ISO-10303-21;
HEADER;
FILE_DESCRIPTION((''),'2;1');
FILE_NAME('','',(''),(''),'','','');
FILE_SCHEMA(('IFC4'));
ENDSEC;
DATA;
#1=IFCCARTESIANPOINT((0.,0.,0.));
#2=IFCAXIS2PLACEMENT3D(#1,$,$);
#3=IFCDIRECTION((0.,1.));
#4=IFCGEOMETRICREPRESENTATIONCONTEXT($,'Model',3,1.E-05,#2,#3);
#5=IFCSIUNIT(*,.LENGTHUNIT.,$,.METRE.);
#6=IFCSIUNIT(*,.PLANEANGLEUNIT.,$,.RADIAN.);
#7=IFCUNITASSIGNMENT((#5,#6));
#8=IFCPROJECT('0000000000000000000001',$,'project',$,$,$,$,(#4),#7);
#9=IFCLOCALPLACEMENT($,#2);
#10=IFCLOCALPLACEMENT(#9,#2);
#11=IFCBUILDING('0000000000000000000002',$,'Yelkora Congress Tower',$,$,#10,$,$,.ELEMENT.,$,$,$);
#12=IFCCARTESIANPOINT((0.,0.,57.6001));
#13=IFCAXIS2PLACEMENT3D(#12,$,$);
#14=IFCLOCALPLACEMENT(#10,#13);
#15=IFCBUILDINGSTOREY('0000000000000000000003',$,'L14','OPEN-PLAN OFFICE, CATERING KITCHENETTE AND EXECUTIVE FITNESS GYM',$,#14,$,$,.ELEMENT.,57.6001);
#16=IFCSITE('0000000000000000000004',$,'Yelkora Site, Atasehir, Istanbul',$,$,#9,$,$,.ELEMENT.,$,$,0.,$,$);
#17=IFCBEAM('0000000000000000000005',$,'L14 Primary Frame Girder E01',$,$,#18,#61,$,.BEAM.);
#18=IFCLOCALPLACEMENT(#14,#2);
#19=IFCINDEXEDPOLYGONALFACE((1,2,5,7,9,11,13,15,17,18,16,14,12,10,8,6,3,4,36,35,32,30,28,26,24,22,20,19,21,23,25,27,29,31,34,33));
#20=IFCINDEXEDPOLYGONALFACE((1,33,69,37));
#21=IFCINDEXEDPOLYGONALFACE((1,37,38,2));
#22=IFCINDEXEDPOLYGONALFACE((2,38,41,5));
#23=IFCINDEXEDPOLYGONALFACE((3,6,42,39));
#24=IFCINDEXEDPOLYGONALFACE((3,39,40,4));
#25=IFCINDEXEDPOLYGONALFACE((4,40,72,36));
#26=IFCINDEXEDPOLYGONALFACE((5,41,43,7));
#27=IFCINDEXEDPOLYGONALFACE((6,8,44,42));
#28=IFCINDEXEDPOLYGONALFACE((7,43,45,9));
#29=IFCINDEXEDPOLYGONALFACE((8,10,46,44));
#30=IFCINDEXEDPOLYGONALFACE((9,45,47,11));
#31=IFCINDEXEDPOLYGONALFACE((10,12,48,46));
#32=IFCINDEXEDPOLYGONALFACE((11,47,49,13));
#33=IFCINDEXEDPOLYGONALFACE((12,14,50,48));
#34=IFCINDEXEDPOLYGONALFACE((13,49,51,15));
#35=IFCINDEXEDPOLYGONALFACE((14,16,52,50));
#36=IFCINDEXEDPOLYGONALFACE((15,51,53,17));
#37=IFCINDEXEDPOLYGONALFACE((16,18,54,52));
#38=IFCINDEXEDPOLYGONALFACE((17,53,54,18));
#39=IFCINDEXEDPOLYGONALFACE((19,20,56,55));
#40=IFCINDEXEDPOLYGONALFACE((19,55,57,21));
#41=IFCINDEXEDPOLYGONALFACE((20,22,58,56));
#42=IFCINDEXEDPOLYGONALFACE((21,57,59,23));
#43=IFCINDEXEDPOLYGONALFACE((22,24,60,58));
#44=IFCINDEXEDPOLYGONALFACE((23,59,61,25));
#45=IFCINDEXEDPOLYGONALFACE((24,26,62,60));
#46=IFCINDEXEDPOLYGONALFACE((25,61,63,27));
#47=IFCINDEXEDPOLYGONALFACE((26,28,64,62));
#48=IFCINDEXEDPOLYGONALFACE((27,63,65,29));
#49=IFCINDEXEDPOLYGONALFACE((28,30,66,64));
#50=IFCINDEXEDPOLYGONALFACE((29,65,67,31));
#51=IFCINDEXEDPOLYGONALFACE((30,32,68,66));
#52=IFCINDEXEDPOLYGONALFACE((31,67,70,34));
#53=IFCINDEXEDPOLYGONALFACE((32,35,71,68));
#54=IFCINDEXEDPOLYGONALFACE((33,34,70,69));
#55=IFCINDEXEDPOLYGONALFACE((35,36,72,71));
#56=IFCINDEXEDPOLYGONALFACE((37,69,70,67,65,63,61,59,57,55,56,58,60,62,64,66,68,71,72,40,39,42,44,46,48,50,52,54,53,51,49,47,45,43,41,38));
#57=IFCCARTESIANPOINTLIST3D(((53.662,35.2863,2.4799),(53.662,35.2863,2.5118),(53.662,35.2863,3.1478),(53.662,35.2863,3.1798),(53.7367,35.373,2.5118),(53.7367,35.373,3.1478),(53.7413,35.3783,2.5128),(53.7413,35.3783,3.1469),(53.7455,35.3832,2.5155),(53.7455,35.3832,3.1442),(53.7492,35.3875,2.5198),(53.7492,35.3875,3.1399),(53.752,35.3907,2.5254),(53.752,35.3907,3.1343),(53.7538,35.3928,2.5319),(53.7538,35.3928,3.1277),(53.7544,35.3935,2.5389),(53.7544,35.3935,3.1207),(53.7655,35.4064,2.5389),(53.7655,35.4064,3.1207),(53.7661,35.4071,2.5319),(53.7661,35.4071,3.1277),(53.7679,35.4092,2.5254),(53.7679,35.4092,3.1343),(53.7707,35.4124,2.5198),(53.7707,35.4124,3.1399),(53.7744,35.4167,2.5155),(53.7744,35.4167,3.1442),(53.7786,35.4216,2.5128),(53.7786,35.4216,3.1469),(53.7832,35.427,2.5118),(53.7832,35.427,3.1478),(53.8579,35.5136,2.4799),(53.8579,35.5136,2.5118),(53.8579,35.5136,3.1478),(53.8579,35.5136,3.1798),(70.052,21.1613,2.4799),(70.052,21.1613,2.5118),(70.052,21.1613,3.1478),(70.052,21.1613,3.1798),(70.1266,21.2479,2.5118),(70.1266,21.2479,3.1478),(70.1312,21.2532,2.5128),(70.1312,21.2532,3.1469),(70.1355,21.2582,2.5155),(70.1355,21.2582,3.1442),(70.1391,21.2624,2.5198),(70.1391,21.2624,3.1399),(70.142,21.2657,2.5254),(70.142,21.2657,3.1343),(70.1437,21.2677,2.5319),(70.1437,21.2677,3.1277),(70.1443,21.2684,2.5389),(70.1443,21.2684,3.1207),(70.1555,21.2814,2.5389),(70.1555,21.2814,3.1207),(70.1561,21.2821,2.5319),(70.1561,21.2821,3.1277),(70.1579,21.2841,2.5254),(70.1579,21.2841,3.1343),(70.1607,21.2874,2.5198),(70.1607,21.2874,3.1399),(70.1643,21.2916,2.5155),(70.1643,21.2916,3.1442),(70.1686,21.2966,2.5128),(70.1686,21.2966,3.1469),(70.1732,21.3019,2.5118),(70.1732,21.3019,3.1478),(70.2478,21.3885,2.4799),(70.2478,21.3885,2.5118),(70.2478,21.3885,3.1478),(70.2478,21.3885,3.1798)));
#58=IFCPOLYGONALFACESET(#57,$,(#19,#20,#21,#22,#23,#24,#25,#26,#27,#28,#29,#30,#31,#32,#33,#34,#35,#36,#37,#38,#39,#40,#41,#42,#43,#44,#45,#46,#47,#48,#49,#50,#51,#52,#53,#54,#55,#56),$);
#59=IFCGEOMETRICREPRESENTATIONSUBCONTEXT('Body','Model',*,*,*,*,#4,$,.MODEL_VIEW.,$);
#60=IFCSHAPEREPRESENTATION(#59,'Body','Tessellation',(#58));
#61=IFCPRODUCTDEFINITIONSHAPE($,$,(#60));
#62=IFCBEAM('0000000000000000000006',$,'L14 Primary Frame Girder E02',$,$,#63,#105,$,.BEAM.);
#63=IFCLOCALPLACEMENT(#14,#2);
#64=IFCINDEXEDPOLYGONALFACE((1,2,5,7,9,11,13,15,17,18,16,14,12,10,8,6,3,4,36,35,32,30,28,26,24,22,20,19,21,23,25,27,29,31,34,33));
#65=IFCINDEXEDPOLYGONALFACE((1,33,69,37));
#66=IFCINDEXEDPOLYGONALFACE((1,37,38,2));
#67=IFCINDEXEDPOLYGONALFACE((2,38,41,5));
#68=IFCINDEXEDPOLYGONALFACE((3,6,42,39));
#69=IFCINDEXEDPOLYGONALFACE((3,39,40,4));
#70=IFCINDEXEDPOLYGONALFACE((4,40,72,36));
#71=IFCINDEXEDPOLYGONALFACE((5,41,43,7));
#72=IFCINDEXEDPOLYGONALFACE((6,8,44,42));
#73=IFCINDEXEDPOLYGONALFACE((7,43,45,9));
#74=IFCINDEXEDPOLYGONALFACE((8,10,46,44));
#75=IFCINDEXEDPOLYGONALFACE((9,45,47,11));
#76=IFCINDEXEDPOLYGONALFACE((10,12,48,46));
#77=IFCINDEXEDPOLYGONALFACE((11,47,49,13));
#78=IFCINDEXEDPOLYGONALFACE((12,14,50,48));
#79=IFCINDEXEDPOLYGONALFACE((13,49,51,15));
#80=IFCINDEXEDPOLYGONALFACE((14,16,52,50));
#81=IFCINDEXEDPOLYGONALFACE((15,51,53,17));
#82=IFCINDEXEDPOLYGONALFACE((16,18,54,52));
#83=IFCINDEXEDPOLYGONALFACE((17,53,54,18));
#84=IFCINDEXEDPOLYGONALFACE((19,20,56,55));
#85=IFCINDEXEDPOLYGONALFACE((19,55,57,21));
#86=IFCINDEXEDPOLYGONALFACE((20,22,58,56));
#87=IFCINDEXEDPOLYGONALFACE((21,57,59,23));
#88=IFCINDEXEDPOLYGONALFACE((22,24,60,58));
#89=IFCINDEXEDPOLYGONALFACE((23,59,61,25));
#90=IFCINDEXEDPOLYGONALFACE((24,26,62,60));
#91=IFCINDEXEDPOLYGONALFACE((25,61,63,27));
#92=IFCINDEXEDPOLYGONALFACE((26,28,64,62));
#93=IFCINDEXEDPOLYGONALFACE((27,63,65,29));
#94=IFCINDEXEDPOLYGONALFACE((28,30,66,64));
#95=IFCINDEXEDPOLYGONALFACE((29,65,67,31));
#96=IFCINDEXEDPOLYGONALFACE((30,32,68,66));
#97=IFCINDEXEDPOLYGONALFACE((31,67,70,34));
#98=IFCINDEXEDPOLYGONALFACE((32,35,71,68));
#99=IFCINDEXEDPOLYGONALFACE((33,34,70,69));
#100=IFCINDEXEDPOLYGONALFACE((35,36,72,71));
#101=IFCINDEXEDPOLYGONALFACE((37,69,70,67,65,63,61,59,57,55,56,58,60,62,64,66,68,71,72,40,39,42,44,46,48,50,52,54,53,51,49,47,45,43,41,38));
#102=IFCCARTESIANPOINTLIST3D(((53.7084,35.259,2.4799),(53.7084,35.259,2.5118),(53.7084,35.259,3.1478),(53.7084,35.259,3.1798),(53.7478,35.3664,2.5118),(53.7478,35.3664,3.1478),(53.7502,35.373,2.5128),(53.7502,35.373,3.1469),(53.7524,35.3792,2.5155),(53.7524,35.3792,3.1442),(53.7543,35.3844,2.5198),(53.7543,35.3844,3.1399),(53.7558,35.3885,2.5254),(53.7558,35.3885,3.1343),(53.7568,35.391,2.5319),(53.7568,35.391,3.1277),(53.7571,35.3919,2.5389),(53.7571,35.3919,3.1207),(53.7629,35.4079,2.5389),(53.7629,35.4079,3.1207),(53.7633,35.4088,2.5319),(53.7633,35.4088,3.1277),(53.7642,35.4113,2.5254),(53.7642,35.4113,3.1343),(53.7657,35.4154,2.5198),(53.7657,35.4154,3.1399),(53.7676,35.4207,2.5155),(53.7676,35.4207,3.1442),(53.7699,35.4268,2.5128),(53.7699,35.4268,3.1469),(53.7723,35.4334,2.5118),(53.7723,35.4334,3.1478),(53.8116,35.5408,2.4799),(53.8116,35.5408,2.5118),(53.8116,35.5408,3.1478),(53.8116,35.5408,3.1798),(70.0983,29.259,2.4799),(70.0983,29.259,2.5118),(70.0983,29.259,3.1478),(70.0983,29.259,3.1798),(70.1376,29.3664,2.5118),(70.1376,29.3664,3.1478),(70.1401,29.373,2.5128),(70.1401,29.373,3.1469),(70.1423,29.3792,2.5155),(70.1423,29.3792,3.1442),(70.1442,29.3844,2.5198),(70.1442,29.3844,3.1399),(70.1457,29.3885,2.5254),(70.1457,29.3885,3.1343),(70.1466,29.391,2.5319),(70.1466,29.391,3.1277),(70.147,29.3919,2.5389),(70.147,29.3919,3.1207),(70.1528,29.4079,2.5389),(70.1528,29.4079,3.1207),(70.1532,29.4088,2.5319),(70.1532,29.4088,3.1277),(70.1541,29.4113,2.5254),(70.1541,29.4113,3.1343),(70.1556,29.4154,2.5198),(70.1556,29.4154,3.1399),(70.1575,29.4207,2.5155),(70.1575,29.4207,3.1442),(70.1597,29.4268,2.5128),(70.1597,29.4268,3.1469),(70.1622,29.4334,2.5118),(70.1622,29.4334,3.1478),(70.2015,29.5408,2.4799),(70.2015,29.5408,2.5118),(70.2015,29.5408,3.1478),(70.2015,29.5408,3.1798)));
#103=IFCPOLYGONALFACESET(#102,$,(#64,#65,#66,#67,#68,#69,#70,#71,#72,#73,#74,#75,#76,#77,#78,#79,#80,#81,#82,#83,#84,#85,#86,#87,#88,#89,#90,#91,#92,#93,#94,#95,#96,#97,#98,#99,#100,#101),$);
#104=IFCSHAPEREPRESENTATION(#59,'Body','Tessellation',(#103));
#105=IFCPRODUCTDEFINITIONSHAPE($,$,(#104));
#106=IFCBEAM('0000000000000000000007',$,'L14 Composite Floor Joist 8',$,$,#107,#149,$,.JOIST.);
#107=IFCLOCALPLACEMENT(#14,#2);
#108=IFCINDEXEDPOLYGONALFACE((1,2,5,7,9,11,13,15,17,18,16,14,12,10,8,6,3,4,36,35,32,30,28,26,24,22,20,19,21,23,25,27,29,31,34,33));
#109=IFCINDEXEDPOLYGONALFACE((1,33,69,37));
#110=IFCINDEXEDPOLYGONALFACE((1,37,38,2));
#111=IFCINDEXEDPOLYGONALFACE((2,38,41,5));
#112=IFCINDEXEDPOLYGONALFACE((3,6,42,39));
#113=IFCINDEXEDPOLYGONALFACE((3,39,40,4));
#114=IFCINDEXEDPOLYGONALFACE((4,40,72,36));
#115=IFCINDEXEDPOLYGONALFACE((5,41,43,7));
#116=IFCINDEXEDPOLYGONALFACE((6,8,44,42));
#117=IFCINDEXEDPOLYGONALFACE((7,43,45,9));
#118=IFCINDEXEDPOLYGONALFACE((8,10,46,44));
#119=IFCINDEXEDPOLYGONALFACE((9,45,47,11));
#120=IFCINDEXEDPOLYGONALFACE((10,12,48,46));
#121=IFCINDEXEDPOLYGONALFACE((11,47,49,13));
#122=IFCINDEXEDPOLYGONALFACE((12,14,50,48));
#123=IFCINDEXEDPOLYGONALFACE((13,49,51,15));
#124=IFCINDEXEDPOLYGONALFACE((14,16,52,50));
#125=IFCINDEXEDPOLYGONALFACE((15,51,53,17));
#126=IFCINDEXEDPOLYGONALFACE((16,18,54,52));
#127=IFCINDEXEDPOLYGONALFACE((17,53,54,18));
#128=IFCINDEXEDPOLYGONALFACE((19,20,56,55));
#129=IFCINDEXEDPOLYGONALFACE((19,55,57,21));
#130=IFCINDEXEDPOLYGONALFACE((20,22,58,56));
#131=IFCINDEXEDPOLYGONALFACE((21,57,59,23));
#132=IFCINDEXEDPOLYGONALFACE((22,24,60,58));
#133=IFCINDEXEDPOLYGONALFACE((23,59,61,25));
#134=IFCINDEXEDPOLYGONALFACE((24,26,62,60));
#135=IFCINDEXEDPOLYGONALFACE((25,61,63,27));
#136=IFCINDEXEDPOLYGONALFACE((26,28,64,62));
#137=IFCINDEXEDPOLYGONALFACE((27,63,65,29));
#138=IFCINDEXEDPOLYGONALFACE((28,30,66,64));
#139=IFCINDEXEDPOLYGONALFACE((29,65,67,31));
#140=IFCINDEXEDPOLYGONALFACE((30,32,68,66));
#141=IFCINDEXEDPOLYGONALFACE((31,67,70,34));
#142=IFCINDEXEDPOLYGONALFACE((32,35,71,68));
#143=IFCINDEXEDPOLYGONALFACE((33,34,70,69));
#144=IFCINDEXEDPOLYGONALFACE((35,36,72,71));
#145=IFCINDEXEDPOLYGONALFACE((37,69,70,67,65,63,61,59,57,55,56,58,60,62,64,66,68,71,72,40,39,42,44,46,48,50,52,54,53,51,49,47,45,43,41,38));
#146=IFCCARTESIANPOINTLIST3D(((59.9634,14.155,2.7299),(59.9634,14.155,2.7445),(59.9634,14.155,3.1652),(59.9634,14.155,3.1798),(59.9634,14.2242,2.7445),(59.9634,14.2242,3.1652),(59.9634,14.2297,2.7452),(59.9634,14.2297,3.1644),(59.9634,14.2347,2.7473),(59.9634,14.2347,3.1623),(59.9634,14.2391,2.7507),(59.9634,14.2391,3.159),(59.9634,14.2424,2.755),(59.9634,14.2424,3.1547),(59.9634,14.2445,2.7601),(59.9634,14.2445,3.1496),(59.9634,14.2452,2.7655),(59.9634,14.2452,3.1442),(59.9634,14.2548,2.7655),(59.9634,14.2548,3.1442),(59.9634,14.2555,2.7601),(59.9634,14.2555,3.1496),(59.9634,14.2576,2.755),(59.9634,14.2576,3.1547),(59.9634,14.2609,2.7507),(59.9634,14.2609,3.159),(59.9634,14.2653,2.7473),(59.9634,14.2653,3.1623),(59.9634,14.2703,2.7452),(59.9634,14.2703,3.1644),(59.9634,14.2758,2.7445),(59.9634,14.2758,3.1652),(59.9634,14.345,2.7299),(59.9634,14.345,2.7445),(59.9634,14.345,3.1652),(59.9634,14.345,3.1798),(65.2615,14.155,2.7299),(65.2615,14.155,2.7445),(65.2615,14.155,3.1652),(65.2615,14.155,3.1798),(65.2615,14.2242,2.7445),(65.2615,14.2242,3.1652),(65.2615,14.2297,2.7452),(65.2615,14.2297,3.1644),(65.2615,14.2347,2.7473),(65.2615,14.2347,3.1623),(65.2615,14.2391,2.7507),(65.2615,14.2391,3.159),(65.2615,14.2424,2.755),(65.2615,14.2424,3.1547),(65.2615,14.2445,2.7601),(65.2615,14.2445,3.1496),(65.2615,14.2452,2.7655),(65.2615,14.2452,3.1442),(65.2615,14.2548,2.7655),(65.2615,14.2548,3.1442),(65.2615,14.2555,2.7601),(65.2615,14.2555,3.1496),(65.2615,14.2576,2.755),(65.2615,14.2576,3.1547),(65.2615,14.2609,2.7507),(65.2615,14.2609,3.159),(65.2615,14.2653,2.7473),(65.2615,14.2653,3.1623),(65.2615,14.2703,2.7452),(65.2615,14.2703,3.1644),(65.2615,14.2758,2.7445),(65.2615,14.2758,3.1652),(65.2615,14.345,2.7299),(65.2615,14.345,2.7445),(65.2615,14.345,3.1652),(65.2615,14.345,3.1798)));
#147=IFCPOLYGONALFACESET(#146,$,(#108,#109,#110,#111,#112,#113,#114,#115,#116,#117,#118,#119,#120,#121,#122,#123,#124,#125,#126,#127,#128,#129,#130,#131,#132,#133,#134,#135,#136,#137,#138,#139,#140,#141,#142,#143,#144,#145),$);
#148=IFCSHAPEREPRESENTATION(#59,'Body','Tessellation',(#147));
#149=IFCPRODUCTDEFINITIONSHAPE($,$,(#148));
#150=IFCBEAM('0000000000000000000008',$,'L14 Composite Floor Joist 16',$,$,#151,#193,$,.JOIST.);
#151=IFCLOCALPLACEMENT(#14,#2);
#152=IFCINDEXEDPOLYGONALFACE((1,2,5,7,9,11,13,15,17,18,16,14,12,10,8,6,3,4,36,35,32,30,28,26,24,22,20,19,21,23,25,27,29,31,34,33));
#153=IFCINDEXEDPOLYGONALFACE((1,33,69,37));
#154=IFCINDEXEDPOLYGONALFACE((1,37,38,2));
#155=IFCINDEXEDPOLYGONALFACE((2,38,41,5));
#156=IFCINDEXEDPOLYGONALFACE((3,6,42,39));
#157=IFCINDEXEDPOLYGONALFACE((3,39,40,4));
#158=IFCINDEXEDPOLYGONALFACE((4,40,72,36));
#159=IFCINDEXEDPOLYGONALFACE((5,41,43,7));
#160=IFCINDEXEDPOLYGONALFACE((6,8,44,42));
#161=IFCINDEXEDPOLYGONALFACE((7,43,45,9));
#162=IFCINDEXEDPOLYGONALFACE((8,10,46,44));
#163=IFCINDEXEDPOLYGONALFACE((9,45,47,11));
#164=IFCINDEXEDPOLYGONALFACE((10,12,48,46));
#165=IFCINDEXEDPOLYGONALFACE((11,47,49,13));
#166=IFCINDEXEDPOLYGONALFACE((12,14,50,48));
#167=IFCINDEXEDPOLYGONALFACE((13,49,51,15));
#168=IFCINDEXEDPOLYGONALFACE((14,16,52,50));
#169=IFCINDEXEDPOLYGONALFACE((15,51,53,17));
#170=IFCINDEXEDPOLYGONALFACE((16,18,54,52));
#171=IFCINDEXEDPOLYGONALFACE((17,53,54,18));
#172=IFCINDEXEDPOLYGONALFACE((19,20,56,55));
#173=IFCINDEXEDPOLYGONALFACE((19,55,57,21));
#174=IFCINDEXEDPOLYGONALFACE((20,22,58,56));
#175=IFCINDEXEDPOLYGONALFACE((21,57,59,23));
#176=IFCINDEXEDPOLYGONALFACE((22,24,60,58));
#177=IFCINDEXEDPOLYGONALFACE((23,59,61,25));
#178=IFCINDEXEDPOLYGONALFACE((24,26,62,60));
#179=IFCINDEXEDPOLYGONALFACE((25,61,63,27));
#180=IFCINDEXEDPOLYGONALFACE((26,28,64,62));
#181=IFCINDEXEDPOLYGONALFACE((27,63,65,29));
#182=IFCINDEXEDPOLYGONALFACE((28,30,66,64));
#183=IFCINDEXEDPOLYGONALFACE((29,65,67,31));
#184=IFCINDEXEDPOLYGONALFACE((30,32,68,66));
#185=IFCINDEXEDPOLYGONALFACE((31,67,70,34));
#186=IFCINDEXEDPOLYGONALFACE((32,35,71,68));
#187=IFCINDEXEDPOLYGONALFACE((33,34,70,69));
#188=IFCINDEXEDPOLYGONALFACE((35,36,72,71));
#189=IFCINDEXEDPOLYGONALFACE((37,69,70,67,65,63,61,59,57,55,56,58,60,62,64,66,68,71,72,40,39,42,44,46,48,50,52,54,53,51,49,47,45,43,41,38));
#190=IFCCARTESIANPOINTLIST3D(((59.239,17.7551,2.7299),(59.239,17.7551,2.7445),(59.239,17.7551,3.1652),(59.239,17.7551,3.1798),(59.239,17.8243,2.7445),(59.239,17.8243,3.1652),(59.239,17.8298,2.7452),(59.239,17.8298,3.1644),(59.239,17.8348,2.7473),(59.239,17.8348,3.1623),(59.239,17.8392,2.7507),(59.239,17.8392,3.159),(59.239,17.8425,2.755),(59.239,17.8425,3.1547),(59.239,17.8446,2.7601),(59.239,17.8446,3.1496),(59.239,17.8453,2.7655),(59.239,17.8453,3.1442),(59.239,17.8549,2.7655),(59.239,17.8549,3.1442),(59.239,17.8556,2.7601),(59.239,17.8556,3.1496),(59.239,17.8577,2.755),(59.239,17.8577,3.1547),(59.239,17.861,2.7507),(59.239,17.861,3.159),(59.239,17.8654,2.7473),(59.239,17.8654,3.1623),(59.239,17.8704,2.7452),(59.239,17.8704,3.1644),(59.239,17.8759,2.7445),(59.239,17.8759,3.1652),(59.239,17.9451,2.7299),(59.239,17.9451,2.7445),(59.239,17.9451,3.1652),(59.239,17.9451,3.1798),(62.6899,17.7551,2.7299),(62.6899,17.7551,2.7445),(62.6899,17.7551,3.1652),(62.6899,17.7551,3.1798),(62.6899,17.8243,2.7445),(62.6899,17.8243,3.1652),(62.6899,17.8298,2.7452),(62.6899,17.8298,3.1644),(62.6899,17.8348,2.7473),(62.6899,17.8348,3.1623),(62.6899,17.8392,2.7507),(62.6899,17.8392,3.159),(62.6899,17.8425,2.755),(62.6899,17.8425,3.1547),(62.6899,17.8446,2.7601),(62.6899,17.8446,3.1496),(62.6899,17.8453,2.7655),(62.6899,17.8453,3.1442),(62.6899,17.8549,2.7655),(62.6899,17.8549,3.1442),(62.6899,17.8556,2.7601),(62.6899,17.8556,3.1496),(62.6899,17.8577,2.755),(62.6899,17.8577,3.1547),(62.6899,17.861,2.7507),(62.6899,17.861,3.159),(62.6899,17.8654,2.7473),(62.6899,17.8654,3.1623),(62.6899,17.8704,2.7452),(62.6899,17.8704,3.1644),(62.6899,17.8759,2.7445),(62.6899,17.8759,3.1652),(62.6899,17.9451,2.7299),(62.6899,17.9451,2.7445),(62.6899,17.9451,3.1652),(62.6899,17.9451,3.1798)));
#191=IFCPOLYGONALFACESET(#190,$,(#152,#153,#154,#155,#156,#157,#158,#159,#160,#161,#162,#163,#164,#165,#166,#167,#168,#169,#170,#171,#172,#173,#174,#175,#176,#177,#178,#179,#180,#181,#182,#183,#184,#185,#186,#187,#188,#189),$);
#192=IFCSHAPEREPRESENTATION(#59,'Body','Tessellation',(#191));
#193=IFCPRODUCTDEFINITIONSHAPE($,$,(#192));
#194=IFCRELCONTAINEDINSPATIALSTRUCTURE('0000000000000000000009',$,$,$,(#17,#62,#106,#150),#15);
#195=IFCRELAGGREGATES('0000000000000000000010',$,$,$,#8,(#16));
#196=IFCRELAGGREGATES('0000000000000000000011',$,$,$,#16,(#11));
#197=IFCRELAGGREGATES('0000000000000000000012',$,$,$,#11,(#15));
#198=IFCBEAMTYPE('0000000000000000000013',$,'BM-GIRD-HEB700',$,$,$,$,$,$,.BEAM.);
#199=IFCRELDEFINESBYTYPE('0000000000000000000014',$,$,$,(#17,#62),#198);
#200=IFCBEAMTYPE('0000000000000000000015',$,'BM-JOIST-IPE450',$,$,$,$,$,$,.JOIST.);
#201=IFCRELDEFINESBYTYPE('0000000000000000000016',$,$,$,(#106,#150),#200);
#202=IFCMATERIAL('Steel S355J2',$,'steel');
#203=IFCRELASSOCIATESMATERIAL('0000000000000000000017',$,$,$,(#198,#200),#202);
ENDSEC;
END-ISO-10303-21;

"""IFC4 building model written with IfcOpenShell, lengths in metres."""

from ifc_helpers import new_model, si_unit, direction, frame, origin, origin_2d, place, context, subcontext, project, spatial, i_section, extrude, material, material_profile, profile_set, type_object, element, save


model = new_model("IFC4")

# Units and contexts
model_context = context("Model", 3, precision=1e-05, world=origin(), true_north=direction((0.0, 1.0)))
body_context = subcontext(model_context, "Body", "Model", "MODEL_VIEW")
ifc_project = project(units=[si_unit("LENGTHUNIT", "METRE"), si_unit("PLANEANGLEUNIT", "RADIAN")], contexts=[model_context])

# Site, building, storey
site_placement = place(None, origin())
site = spatial("IfcSite", under=ifc_project, at=site_placement, Name="Yelkora Site, Atasehir, Istanbul", CompositionType="ELEMENT", RefElevation=0.0)
building_placement = place(site_placement, origin())
building = spatial("IfcBuilding", under=site, at=building_placement, Name="Yelkora Congress Tower", CompositionType="ELEMENT")
storey_placement = place(building_placement, frame((0.0, 0.0, 57.6001)))
storey = spatial("IfcBuildingStorey", under=building, at=storey_placement, Name="L14", Description="OPEN-PLAN OFFICE, CATERING KITCHENETTE AND EXECUTIVE FITNESS GYM", CompositionType="ELEMENT", Elevation=57.6001)

# Beams
ifc_material_1 = material(Name="Steel S355J2", Category="steel")
ifc_material_profile_1 = material_profile(ifc_material_1, i_section(OverallWidth=0.3, OverallDepth=0.7, WebThickness=0.0171, FlangeThickness=0.032, FilletRadius=0.0271, at=origin_2d()), Name="HEB 700")
ifc_profile_set_1 = profile_set([ifc_material_profile_1], Name="Steel S355J2")
beam_type_1 = type_object("IfcBeamType", Name="BM-GIRD-HEB700", PredefinedType="BEAM", material=ifc_profile_set_1)
beam_1_placement = place(storey_placement, frame((70.1499, 21.2749, 2.8298), z_axis=(-0.757506, 0.652828, 0.0), x_axis=(-0.652828, -0.757506, 0.0)))
element("IfcBeam", 1, at=beam_1_placement, inside=storey, type_object=beam_type_1, Name="L14 Primary Frame Girder E01", PredefinedType="BEAM", context=body_context, shape_type="SweptSolid", body=[
    extrude(i_section(OverallWidth=0.3, OverallDepth=0.7, WebThickness=0.0171, FlangeThickness=0.032, FilletRadius=0.0271, at=origin_2d()), origin(), (0.0, 0.0, 1.0), 21.6367),
])
beam_2_placement = place(storey_placement, frame((70.1499, 29.3999, 2.8298), z_axis=(-0.939054, 0.343768, 0.0), x_axis=(-0.343768, -0.939054, 0.0)))
element("IfcBeam", 2, at=beam_2_placement, inside=storey, type_object=beam_type_1, Name="L14 Primary Frame Girder E02", PredefinedType="BEAM", context=body_context, shape_type="SweptSolid", body=[
    extrude(i_section(OverallWidth=0.3, OverallDepth=0.7, WebThickness=0.0171, FlangeThickness=0.032, FilletRadius=0.0271, at=origin_2d()), origin(), (0.0, 0.0, 1.0), 17.4536),
])
ifc_material_profile_2 = material_profile(ifc_material_1, i_section(OverallWidth=0.1899, OverallDepth=0.45, WebThickness=0.0095, FlangeThickness=0.0146, FilletRadius=0.021, at=origin_2d()), Name="IPE 450")
ifc_profile_set_2 = profile_set([ifc_material_profile_2], Name="Steel S355J2")
beam_type_2 = type_object("IfcBeamType", Name="BM-JOIST-IPE450", PredefinedType="JOIST", material=ifc_profile_set_2)
beam_3_placement = place(storey_placement, frame((59.9634, 14.25, 2.9548), z_axis=(1.0, 0.0, 0.0), x_axis=(0.0, 1.0, 0.0)))
element("IfcBeam", 3, at=beam_3_placement, inside=storey, type_object=beam_type_2, Name="L14 Composite Floor Joist 8", PredefinedType="JOIST", context=body_context, shape_type="SweptSolid", body=[
    extrude(i_section(OverallWidth=0.1899, OverallDepth=0.45, WebThickness=0.0095, FlangeThickness=0.0146, FilletRadius=0.021, at=origin_2d()), origin(), (0.0, 0.0, 1.0), 5.2981),
])
beam_4_placement = place(storey_placement, frame((59.239, 17.8501, 2.9548), z_axis=(1.0, 0.0, 0.0), x_axis=(0.0, 1.0, 0.0)))
element("IfcBeam", 4, at=beam_4_placement, inside=storey, type_object=beam_type_2, Name="L14 Composite Floor Joist 16", PredefinedType="JOIST", context=body_context, shape_type="SweptSolid", body=[
    extrude(i_section(OverallWidth=0.1899, OverallDepth=0.45, WebThickness=0.0095, FlangeThickness=0.0146, FilletRadius=0.021, at=origin_2d()), origin(), (0.0, 0.0, 1.0), 3.4509),
])

save(model, "model.ifc")
